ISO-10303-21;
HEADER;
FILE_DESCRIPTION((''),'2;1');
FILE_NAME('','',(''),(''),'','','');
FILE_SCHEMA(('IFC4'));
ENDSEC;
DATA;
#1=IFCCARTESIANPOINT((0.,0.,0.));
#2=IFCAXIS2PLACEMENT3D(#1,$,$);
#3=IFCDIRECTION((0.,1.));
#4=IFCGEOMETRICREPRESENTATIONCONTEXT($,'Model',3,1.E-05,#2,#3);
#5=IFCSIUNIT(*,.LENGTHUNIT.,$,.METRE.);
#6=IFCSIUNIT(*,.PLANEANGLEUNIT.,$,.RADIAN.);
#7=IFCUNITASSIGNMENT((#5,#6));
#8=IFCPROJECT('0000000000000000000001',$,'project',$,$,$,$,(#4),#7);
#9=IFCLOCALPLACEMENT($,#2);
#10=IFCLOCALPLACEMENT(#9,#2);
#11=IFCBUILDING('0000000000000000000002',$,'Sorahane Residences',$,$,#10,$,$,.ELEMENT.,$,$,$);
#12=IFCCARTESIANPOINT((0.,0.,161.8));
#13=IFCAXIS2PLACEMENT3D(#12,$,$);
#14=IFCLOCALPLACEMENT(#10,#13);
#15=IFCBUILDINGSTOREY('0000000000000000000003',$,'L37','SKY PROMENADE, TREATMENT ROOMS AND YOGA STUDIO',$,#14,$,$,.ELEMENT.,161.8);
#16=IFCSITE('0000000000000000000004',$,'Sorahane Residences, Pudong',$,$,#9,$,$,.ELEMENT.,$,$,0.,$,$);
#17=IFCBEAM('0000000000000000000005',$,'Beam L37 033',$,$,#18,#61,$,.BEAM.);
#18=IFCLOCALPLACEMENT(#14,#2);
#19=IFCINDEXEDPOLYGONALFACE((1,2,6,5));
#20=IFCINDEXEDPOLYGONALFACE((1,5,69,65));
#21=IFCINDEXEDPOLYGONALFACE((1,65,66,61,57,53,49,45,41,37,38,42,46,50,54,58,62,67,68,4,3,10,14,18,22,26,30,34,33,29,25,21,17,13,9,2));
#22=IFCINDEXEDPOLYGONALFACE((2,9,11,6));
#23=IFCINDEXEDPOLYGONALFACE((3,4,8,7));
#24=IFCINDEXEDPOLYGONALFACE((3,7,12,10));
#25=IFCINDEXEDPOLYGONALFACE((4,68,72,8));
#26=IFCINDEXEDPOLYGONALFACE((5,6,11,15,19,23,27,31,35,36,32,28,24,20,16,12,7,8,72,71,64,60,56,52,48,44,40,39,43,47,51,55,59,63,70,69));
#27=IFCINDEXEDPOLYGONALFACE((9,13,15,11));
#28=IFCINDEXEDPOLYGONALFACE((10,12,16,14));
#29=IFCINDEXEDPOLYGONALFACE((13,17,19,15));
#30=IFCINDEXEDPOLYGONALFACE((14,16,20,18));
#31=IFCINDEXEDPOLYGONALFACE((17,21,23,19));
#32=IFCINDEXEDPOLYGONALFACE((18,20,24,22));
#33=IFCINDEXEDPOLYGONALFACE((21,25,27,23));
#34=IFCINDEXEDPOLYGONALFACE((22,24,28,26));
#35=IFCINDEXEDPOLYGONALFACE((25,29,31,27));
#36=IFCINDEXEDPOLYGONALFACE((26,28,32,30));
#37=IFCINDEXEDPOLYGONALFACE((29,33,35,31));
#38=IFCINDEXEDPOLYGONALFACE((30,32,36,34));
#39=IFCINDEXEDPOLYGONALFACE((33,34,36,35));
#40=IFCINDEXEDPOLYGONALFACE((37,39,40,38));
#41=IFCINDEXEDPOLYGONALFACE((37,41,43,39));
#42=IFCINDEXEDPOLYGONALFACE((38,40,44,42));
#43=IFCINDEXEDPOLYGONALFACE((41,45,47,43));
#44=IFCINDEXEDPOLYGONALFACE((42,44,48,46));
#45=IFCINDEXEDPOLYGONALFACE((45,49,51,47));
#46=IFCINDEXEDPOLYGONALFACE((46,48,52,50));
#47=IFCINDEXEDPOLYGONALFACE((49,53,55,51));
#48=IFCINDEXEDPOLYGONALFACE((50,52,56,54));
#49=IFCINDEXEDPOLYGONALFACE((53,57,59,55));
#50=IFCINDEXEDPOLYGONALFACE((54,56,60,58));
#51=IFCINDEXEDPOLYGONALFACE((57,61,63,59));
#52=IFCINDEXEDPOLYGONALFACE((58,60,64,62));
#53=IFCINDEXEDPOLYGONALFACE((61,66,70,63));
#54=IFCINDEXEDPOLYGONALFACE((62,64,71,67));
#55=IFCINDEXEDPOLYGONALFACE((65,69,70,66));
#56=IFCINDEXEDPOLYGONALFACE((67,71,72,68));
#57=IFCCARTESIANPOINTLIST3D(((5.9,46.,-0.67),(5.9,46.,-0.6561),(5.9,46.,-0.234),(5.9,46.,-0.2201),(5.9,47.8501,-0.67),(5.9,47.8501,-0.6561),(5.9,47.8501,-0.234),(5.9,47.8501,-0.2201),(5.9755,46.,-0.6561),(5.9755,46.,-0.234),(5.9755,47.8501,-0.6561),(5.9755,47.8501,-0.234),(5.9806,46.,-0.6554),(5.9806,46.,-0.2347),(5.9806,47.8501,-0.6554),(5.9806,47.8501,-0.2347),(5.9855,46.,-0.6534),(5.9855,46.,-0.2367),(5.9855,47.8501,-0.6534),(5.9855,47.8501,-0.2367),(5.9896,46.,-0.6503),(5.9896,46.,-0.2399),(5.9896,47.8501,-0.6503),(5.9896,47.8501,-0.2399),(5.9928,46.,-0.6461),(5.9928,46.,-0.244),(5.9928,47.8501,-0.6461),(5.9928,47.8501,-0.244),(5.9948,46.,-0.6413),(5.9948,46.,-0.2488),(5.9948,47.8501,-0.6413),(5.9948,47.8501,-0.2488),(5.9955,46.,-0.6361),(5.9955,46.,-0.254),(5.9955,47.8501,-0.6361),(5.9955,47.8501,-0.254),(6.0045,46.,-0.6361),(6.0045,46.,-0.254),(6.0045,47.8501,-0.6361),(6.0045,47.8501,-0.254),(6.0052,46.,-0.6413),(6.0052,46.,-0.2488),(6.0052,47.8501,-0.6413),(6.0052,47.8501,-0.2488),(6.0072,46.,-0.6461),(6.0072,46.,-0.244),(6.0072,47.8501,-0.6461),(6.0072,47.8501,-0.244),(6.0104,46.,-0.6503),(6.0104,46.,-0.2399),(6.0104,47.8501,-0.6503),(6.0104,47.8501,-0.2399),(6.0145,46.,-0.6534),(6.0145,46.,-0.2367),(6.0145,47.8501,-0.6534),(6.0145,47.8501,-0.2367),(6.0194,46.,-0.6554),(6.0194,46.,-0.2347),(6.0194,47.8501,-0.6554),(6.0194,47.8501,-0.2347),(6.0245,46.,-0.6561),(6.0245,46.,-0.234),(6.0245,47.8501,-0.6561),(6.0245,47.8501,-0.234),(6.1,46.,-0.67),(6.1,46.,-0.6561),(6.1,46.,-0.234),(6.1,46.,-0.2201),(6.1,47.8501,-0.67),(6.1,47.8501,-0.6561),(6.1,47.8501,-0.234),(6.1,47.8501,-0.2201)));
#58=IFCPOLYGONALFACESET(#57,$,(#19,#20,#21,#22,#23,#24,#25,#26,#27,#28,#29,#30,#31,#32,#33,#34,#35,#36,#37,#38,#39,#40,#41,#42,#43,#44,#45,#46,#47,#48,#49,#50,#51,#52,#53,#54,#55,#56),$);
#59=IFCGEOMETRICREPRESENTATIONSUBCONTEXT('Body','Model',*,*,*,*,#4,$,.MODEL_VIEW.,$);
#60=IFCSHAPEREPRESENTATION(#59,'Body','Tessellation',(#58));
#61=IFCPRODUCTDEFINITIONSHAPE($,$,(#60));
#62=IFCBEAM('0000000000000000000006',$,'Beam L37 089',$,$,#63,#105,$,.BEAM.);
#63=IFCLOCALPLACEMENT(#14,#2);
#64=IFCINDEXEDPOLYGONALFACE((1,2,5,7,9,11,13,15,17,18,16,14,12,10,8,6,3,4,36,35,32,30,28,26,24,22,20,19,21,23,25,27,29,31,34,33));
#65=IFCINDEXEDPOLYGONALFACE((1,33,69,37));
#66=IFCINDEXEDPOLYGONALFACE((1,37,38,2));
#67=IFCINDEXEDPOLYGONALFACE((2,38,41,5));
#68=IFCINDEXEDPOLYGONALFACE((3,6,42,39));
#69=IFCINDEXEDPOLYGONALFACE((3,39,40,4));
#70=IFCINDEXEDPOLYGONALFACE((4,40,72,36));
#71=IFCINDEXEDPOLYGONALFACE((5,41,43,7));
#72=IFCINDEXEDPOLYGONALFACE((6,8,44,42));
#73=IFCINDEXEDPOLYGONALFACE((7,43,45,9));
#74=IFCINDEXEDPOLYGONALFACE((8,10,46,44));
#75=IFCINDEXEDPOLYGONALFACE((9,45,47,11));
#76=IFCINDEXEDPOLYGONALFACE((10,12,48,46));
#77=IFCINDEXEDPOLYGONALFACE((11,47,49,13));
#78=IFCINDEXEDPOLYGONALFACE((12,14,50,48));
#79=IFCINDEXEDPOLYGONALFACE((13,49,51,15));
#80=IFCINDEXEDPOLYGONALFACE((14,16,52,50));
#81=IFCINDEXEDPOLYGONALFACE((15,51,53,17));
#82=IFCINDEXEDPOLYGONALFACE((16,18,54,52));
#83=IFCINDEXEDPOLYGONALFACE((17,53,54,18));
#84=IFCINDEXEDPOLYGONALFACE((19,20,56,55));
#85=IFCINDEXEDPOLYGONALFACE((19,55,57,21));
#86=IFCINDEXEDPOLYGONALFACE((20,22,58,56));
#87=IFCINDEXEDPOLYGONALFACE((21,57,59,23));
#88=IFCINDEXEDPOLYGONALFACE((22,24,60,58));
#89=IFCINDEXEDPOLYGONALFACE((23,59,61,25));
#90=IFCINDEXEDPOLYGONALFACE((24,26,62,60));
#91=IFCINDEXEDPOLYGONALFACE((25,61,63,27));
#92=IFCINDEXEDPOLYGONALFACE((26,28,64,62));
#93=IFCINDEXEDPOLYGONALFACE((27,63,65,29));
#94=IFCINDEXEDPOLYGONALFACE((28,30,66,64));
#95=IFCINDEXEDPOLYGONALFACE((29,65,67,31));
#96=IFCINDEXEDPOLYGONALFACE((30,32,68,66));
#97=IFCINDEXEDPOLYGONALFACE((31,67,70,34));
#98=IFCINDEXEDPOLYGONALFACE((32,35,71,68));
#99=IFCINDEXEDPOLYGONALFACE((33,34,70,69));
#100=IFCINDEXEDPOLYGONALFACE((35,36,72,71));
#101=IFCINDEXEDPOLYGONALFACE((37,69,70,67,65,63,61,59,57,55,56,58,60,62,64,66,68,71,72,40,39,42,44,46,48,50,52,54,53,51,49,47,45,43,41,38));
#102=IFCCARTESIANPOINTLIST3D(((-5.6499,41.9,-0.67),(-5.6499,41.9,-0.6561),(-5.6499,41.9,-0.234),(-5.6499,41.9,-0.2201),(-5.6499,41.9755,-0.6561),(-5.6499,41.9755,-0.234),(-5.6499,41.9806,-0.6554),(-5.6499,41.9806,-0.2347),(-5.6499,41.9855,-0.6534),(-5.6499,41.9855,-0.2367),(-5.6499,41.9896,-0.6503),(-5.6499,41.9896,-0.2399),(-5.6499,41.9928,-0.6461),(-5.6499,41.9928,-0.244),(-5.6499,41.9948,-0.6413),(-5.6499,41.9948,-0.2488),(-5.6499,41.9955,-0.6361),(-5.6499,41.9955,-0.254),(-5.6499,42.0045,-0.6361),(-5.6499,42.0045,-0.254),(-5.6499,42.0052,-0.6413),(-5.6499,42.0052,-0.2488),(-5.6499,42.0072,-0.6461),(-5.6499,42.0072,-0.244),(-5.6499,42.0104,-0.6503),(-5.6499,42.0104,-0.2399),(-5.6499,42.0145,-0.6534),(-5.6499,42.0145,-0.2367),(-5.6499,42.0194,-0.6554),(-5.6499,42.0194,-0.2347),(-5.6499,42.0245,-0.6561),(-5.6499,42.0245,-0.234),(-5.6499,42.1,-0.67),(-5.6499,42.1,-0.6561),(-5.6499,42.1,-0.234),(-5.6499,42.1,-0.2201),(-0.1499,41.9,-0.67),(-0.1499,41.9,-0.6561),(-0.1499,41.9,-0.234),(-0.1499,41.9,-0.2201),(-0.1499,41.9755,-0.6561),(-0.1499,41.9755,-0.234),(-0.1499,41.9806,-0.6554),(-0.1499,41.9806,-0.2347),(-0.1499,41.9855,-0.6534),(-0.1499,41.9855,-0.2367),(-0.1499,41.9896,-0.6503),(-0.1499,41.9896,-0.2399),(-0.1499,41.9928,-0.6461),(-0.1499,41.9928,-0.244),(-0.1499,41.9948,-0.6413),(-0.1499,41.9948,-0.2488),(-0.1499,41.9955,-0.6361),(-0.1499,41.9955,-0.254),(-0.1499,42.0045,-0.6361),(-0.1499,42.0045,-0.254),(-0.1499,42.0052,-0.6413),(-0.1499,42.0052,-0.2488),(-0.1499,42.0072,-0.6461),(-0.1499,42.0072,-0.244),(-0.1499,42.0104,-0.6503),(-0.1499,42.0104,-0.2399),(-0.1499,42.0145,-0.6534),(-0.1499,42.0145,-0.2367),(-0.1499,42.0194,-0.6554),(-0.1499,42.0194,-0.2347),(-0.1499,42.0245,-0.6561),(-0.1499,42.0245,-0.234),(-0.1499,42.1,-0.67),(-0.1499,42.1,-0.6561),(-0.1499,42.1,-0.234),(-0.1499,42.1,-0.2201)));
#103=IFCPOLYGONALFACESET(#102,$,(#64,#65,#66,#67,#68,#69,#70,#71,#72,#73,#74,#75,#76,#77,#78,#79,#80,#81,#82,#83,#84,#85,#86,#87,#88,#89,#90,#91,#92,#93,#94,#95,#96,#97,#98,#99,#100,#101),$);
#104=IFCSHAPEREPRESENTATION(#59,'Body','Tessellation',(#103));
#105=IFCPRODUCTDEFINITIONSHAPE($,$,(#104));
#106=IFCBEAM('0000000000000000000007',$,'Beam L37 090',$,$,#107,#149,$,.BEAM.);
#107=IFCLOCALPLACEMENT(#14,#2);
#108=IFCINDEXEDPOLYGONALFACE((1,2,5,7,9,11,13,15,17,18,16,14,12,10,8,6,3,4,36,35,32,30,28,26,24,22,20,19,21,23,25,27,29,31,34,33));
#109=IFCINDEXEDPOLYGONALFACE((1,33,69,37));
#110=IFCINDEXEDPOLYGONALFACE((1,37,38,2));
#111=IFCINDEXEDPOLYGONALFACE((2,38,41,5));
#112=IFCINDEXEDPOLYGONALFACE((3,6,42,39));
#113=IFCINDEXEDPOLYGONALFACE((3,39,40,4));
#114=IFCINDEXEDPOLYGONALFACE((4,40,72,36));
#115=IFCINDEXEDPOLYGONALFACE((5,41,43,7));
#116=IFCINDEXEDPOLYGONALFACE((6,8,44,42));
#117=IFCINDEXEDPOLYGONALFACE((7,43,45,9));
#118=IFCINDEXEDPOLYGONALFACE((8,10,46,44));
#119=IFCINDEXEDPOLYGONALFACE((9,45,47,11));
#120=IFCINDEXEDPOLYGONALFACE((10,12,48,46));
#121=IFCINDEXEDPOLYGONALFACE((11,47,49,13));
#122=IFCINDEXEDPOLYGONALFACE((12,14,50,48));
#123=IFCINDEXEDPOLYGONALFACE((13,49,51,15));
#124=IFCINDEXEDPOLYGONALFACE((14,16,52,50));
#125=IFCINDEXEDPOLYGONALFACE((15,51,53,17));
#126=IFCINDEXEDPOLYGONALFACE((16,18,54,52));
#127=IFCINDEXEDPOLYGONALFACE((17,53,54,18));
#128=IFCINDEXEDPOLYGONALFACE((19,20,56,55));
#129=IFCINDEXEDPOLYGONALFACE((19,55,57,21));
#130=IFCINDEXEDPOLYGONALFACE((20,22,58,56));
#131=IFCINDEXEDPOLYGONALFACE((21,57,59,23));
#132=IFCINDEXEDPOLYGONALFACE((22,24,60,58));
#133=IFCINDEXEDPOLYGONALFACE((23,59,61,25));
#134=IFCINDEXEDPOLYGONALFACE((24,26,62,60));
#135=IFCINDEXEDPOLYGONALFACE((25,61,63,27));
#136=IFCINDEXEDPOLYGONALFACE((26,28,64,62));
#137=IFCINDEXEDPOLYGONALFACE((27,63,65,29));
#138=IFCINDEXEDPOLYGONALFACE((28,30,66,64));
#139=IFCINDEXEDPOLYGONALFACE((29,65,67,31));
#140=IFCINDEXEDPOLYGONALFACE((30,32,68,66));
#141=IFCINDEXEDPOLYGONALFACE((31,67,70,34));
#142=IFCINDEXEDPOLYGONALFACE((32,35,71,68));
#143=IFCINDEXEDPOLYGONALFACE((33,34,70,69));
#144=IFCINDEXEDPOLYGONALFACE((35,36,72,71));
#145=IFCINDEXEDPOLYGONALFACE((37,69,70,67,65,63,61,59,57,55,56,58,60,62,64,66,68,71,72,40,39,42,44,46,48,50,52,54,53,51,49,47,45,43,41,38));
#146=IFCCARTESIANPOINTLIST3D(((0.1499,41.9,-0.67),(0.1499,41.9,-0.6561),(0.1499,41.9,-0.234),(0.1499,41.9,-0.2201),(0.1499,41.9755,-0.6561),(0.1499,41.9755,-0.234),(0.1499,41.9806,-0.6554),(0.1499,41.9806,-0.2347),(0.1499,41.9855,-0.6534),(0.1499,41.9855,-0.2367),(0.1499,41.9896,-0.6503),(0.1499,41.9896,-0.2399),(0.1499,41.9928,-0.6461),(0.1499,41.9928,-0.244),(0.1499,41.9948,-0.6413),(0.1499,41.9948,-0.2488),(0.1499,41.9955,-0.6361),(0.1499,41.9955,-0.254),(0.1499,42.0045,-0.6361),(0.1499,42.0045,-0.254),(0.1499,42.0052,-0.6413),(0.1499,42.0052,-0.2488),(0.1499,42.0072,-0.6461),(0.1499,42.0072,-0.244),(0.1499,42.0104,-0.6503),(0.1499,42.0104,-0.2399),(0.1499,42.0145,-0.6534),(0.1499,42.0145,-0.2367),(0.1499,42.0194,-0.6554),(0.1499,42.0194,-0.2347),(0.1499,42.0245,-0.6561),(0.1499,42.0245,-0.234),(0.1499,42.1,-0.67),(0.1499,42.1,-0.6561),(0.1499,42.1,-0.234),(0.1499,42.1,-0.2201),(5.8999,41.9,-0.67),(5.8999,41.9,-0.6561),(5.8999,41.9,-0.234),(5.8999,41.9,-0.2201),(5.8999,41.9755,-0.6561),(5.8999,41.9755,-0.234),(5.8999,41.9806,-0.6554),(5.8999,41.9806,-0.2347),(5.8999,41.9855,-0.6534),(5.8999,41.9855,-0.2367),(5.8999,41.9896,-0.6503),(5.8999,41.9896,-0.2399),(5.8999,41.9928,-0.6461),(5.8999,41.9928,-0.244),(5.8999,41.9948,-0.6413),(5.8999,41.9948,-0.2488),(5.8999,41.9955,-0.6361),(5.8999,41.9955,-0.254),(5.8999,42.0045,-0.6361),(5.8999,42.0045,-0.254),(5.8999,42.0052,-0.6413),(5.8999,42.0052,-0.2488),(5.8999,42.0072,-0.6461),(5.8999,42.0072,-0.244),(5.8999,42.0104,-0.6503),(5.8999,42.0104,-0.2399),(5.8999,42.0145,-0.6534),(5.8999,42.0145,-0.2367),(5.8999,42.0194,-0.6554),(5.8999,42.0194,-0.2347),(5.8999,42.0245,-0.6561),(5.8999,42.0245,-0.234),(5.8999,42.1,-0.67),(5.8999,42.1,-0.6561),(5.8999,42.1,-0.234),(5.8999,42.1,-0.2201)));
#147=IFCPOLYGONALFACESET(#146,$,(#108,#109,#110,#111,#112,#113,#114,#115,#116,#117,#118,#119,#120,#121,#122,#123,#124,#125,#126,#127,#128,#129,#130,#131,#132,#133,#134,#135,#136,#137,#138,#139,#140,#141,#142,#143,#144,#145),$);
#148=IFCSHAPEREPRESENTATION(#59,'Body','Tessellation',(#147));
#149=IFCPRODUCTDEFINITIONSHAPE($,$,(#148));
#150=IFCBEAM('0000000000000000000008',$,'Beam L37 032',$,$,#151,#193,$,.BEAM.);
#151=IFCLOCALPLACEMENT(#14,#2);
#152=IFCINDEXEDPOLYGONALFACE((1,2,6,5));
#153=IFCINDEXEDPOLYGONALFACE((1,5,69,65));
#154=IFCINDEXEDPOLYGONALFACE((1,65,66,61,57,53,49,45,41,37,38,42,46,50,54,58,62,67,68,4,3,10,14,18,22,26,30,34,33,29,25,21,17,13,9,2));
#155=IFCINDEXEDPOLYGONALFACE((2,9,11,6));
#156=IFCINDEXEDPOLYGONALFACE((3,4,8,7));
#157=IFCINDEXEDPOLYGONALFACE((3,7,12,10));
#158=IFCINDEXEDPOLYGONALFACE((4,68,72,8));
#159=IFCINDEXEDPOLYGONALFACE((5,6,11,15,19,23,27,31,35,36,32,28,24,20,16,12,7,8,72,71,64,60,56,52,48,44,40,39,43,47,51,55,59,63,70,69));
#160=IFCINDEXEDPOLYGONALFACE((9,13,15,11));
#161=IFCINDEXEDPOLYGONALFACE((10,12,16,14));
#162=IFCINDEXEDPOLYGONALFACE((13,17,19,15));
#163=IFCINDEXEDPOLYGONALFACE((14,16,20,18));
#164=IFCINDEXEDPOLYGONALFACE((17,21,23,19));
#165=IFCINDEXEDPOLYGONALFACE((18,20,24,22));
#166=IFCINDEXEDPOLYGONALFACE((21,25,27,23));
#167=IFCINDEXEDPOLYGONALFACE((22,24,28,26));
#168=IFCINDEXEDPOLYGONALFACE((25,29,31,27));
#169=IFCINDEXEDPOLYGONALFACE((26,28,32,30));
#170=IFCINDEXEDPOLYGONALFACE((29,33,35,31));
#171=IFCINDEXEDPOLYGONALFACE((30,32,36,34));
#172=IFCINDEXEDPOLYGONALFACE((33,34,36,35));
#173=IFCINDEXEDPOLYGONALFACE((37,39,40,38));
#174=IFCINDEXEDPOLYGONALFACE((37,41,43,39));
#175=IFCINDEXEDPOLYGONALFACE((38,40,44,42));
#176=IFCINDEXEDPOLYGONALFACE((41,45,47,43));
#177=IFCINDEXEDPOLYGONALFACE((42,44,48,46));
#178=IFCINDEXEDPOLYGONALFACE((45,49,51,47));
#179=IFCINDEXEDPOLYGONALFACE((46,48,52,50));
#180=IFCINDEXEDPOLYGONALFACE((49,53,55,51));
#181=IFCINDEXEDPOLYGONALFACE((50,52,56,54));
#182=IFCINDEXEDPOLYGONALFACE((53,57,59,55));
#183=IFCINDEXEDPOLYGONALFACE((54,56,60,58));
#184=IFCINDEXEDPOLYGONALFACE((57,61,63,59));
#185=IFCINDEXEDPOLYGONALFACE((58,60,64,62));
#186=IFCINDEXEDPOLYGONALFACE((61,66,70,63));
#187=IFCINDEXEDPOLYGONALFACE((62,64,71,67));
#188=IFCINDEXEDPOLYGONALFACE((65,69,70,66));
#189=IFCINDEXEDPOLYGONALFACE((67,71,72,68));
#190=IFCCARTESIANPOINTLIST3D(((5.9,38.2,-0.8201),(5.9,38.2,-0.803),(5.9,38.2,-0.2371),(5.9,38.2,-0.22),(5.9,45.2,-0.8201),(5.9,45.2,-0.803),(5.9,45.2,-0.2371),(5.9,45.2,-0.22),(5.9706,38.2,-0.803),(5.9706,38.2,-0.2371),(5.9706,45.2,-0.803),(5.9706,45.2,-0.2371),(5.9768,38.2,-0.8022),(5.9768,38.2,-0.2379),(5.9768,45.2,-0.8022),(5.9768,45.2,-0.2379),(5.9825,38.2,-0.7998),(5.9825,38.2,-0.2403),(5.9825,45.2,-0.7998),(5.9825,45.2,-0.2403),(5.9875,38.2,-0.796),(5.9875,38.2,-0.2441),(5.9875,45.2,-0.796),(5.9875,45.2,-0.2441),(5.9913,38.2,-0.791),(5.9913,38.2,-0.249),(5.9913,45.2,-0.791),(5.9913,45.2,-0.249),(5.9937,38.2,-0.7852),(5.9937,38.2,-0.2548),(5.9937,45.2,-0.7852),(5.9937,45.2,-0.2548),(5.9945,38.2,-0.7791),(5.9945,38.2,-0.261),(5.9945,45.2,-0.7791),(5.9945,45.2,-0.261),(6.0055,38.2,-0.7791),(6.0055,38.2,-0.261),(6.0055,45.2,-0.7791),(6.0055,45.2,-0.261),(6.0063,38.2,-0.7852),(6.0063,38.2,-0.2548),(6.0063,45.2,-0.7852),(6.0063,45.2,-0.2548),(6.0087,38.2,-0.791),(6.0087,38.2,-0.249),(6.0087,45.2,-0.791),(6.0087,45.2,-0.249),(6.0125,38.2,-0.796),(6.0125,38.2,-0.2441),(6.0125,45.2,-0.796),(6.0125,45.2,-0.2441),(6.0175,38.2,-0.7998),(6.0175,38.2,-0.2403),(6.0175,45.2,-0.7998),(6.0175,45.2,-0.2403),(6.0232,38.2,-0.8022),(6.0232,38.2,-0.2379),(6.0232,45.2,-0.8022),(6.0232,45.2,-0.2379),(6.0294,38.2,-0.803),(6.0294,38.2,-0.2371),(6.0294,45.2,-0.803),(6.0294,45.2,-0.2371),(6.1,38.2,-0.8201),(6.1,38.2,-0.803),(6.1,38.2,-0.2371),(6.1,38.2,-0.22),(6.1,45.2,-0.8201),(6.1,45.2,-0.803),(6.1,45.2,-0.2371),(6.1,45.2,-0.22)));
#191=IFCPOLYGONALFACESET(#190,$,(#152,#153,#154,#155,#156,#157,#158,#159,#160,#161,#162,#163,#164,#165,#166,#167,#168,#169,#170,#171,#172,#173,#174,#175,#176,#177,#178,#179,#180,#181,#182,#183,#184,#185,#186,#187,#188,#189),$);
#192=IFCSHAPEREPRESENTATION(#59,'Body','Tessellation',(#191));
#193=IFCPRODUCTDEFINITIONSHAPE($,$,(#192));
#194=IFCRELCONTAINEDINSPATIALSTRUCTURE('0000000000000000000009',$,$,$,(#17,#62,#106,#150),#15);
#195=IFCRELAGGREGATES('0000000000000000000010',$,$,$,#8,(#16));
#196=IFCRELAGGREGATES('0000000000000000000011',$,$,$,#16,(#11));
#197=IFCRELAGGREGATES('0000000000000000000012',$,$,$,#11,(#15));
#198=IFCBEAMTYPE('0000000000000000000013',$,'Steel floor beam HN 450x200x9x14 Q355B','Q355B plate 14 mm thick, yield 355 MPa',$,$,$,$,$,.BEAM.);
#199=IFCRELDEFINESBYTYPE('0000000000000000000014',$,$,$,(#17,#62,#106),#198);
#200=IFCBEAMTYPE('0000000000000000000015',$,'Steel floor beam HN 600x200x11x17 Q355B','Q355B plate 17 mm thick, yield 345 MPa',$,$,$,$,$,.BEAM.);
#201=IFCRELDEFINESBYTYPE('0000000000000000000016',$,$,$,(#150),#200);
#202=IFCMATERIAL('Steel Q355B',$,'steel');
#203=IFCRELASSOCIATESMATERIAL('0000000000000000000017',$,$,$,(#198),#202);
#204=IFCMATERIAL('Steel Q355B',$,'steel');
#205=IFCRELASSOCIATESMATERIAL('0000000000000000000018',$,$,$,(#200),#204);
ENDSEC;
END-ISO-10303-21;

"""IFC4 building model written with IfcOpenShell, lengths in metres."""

from ifc_helpers import new_model, si_unit, direction, frame, origin, origin_2d, place, context, subcontext, project, spatial, i_section, extrude, material, material_profile, profile_set, type_object, element, save


model = new_model("IFC4")

# Units and contexts
model_context = context("Model", 3, precision=1e-05, world=origin(), true_north=direction((0.0, 1.0)))
body_context = subcontext(model_context, "Body", "Model", "MODEL_VIEW")
ifc_project = project(units=[si_unit("LENGTHUNIT", "METRE"), si_unit("PLANEANGLEUNIT", "RADIAN")], contexts=[model_context])

# Site, building, storey
site_placement = place(None, origin())
site = spatial("IfcSite", under=ifc_project, at=site_placement, Name="Sorahane Residences, Pudong", CompositionType="ELEMENT", RefElevation=0.0)
building_placement = place(site_placement, origin())
building = spatial("IfcBuilding", under=site, at=building_placement, Name="Sorahane Residences", CompositionType="ELEMENT")
storey_placement = place(building_placement, frame((0.0, 0.0, 161.8)))
storey = spatial("IfcBuildingStorey", under=building, at=storey_placement, Name="L37", Description="SKY PROMENADE, TREATMENT ROOMS AND YOGA STUDIO", CompositionType="ELEMENT", Elevation=161.8)

# Beams
ifc_material_1 = material(Name="Steel Q355B", Category="steel")
ifc_material_profile_1 = material_profile(ifc_material_1, i_section(OverallWidth=0.2, OverallDepth=0.45, WebThickness=0.009, FlangeThickness=0.0139, FilletRadius=0.02, at=origin_2d()), Name="HN 450x200x9x14")
ifc_profile_set_1 = profile_set([ifc_material_profile_1], Name="Steel Q355B")
beam_type_1 = type_object("IfcBeamType", Name="Steel floor beam HN 450x200x9x14 Q355B", Description="Q355B plate 14 mm thick, yield 355 MPa", PredefinedType="BEAM", material=ifc_profile_set_1)
beam_1_placement = place(storey_placement, frame((6.0, 46.0, -0.4451), z_axis=(0.0, 1.0, 0.0), x_axis=(-1.0, 0.0, 0.0)))
element("IfcBeam", 1, at=beam_1_placement, inside=storey, type_object=beam_type_1, Name="Beam L37 033", PredefinedType="BEAM", context=body_context, shape_type="SweptSolid", body=[
    extrude(i_section(OverallWidth=0.2, OverallDepth=0.45, WebThickness=0.009, FlangeThickness=0.0139, FilletRadius=0.02, at=origin_2d()), origin(), (0.0, 0.0, 1.0), 1.8501),
])
beam_2_placement = place(storey_placement, frame((-5.6499, 42.0, -0.4451), z_axis=(1.0, 0.0, 0.0), x_axis=(0.0, 1.0, 0.0)))
element("IfcBeam", 2, at=beam_2_placement, inside=storey, type_object=beam_type_1, Name="Beam L37 089", PredefinedType="BEAM", context=body_context, shape_type="SweptSolid", body=[
    extrude(i_section(OverallWidth=0.2, OverallDepth=0.45, WebThickness=0.009, FlangeThickness=0.0139, FilletRadius=0.02, at=origin_2d()), origin(), (0.0, 0.0, 1.0), 5.5),
])
beam_3_placement = place(storey_placement, frame((0.1499, 42.0, -0.4451), z_axis=(1.0, 0.0, 0.0), x_axis=(0.0, 1.0, 0.0)))
element("IfcBeam", 3, at=beam_3_placement, inside=storey, type_object=beam_type_1, Name="Beam L37 090", PredefinedType="BEAM", context=body_context, shape_type="SweptSolid", body=[
    extrude(i_section(OverallWidth=0.2, OverallDepth=0.45, WebThickness=0.009, FlangeThickness=0.0139, FilletRadius=0.02, at=origin_2d()), origin(), (0.0, 0.0, 1.0), 5.75),
])
ifc_material_2 = material(Name="Steel Q355B", Category="steel")
ifc_material_profile_2 = material_profile(ifc_material_2, i_section(OverallWidth=0.2, OverallDepth=0.6001, WebThickness=0.011, FlangeThickness=0.0171, FilletRadius=0.0239, at=origin_2d()), Name="HN 600x200x11x17")
ifc_profile_set_2 = profile_set([ifc_material_profile_2], Name="Steel Q355B")
beam_type_2 = type_object("IfcBeamType", Name="Steel floor beam HN 600x200x11x17 Q355B", Description="Q355B plate 17 mm thick, yield 345 MPa", PredefinedType="BEAM", material=ifc_profile_set_2)
beam_4_placement = place(storey_placement, frame((6.0, 38.2, -0.52), z_axis=(0.0, 1.0, 0.0), x_axis=(-1.0, 0.0, 0.0)))
element("IfcBeam", 4, at=beam_4_placement, inside=storey, type_object=beam_type_2, Name="Beam L37 032", PredefinedType="BEAM", context=body_context, shape_type="SweptSolid", body=[
    extrude(i_section(OverallWidth=0.2, OverallDepth=0.6001, WebThickness=0.011, FlangeThickness=0.0171, FilletRadius=0.0239, at=origin_2d()), origin(), (0.0, 0.0, 1.0), 7.0),
])

save(model, "model.ifc")
